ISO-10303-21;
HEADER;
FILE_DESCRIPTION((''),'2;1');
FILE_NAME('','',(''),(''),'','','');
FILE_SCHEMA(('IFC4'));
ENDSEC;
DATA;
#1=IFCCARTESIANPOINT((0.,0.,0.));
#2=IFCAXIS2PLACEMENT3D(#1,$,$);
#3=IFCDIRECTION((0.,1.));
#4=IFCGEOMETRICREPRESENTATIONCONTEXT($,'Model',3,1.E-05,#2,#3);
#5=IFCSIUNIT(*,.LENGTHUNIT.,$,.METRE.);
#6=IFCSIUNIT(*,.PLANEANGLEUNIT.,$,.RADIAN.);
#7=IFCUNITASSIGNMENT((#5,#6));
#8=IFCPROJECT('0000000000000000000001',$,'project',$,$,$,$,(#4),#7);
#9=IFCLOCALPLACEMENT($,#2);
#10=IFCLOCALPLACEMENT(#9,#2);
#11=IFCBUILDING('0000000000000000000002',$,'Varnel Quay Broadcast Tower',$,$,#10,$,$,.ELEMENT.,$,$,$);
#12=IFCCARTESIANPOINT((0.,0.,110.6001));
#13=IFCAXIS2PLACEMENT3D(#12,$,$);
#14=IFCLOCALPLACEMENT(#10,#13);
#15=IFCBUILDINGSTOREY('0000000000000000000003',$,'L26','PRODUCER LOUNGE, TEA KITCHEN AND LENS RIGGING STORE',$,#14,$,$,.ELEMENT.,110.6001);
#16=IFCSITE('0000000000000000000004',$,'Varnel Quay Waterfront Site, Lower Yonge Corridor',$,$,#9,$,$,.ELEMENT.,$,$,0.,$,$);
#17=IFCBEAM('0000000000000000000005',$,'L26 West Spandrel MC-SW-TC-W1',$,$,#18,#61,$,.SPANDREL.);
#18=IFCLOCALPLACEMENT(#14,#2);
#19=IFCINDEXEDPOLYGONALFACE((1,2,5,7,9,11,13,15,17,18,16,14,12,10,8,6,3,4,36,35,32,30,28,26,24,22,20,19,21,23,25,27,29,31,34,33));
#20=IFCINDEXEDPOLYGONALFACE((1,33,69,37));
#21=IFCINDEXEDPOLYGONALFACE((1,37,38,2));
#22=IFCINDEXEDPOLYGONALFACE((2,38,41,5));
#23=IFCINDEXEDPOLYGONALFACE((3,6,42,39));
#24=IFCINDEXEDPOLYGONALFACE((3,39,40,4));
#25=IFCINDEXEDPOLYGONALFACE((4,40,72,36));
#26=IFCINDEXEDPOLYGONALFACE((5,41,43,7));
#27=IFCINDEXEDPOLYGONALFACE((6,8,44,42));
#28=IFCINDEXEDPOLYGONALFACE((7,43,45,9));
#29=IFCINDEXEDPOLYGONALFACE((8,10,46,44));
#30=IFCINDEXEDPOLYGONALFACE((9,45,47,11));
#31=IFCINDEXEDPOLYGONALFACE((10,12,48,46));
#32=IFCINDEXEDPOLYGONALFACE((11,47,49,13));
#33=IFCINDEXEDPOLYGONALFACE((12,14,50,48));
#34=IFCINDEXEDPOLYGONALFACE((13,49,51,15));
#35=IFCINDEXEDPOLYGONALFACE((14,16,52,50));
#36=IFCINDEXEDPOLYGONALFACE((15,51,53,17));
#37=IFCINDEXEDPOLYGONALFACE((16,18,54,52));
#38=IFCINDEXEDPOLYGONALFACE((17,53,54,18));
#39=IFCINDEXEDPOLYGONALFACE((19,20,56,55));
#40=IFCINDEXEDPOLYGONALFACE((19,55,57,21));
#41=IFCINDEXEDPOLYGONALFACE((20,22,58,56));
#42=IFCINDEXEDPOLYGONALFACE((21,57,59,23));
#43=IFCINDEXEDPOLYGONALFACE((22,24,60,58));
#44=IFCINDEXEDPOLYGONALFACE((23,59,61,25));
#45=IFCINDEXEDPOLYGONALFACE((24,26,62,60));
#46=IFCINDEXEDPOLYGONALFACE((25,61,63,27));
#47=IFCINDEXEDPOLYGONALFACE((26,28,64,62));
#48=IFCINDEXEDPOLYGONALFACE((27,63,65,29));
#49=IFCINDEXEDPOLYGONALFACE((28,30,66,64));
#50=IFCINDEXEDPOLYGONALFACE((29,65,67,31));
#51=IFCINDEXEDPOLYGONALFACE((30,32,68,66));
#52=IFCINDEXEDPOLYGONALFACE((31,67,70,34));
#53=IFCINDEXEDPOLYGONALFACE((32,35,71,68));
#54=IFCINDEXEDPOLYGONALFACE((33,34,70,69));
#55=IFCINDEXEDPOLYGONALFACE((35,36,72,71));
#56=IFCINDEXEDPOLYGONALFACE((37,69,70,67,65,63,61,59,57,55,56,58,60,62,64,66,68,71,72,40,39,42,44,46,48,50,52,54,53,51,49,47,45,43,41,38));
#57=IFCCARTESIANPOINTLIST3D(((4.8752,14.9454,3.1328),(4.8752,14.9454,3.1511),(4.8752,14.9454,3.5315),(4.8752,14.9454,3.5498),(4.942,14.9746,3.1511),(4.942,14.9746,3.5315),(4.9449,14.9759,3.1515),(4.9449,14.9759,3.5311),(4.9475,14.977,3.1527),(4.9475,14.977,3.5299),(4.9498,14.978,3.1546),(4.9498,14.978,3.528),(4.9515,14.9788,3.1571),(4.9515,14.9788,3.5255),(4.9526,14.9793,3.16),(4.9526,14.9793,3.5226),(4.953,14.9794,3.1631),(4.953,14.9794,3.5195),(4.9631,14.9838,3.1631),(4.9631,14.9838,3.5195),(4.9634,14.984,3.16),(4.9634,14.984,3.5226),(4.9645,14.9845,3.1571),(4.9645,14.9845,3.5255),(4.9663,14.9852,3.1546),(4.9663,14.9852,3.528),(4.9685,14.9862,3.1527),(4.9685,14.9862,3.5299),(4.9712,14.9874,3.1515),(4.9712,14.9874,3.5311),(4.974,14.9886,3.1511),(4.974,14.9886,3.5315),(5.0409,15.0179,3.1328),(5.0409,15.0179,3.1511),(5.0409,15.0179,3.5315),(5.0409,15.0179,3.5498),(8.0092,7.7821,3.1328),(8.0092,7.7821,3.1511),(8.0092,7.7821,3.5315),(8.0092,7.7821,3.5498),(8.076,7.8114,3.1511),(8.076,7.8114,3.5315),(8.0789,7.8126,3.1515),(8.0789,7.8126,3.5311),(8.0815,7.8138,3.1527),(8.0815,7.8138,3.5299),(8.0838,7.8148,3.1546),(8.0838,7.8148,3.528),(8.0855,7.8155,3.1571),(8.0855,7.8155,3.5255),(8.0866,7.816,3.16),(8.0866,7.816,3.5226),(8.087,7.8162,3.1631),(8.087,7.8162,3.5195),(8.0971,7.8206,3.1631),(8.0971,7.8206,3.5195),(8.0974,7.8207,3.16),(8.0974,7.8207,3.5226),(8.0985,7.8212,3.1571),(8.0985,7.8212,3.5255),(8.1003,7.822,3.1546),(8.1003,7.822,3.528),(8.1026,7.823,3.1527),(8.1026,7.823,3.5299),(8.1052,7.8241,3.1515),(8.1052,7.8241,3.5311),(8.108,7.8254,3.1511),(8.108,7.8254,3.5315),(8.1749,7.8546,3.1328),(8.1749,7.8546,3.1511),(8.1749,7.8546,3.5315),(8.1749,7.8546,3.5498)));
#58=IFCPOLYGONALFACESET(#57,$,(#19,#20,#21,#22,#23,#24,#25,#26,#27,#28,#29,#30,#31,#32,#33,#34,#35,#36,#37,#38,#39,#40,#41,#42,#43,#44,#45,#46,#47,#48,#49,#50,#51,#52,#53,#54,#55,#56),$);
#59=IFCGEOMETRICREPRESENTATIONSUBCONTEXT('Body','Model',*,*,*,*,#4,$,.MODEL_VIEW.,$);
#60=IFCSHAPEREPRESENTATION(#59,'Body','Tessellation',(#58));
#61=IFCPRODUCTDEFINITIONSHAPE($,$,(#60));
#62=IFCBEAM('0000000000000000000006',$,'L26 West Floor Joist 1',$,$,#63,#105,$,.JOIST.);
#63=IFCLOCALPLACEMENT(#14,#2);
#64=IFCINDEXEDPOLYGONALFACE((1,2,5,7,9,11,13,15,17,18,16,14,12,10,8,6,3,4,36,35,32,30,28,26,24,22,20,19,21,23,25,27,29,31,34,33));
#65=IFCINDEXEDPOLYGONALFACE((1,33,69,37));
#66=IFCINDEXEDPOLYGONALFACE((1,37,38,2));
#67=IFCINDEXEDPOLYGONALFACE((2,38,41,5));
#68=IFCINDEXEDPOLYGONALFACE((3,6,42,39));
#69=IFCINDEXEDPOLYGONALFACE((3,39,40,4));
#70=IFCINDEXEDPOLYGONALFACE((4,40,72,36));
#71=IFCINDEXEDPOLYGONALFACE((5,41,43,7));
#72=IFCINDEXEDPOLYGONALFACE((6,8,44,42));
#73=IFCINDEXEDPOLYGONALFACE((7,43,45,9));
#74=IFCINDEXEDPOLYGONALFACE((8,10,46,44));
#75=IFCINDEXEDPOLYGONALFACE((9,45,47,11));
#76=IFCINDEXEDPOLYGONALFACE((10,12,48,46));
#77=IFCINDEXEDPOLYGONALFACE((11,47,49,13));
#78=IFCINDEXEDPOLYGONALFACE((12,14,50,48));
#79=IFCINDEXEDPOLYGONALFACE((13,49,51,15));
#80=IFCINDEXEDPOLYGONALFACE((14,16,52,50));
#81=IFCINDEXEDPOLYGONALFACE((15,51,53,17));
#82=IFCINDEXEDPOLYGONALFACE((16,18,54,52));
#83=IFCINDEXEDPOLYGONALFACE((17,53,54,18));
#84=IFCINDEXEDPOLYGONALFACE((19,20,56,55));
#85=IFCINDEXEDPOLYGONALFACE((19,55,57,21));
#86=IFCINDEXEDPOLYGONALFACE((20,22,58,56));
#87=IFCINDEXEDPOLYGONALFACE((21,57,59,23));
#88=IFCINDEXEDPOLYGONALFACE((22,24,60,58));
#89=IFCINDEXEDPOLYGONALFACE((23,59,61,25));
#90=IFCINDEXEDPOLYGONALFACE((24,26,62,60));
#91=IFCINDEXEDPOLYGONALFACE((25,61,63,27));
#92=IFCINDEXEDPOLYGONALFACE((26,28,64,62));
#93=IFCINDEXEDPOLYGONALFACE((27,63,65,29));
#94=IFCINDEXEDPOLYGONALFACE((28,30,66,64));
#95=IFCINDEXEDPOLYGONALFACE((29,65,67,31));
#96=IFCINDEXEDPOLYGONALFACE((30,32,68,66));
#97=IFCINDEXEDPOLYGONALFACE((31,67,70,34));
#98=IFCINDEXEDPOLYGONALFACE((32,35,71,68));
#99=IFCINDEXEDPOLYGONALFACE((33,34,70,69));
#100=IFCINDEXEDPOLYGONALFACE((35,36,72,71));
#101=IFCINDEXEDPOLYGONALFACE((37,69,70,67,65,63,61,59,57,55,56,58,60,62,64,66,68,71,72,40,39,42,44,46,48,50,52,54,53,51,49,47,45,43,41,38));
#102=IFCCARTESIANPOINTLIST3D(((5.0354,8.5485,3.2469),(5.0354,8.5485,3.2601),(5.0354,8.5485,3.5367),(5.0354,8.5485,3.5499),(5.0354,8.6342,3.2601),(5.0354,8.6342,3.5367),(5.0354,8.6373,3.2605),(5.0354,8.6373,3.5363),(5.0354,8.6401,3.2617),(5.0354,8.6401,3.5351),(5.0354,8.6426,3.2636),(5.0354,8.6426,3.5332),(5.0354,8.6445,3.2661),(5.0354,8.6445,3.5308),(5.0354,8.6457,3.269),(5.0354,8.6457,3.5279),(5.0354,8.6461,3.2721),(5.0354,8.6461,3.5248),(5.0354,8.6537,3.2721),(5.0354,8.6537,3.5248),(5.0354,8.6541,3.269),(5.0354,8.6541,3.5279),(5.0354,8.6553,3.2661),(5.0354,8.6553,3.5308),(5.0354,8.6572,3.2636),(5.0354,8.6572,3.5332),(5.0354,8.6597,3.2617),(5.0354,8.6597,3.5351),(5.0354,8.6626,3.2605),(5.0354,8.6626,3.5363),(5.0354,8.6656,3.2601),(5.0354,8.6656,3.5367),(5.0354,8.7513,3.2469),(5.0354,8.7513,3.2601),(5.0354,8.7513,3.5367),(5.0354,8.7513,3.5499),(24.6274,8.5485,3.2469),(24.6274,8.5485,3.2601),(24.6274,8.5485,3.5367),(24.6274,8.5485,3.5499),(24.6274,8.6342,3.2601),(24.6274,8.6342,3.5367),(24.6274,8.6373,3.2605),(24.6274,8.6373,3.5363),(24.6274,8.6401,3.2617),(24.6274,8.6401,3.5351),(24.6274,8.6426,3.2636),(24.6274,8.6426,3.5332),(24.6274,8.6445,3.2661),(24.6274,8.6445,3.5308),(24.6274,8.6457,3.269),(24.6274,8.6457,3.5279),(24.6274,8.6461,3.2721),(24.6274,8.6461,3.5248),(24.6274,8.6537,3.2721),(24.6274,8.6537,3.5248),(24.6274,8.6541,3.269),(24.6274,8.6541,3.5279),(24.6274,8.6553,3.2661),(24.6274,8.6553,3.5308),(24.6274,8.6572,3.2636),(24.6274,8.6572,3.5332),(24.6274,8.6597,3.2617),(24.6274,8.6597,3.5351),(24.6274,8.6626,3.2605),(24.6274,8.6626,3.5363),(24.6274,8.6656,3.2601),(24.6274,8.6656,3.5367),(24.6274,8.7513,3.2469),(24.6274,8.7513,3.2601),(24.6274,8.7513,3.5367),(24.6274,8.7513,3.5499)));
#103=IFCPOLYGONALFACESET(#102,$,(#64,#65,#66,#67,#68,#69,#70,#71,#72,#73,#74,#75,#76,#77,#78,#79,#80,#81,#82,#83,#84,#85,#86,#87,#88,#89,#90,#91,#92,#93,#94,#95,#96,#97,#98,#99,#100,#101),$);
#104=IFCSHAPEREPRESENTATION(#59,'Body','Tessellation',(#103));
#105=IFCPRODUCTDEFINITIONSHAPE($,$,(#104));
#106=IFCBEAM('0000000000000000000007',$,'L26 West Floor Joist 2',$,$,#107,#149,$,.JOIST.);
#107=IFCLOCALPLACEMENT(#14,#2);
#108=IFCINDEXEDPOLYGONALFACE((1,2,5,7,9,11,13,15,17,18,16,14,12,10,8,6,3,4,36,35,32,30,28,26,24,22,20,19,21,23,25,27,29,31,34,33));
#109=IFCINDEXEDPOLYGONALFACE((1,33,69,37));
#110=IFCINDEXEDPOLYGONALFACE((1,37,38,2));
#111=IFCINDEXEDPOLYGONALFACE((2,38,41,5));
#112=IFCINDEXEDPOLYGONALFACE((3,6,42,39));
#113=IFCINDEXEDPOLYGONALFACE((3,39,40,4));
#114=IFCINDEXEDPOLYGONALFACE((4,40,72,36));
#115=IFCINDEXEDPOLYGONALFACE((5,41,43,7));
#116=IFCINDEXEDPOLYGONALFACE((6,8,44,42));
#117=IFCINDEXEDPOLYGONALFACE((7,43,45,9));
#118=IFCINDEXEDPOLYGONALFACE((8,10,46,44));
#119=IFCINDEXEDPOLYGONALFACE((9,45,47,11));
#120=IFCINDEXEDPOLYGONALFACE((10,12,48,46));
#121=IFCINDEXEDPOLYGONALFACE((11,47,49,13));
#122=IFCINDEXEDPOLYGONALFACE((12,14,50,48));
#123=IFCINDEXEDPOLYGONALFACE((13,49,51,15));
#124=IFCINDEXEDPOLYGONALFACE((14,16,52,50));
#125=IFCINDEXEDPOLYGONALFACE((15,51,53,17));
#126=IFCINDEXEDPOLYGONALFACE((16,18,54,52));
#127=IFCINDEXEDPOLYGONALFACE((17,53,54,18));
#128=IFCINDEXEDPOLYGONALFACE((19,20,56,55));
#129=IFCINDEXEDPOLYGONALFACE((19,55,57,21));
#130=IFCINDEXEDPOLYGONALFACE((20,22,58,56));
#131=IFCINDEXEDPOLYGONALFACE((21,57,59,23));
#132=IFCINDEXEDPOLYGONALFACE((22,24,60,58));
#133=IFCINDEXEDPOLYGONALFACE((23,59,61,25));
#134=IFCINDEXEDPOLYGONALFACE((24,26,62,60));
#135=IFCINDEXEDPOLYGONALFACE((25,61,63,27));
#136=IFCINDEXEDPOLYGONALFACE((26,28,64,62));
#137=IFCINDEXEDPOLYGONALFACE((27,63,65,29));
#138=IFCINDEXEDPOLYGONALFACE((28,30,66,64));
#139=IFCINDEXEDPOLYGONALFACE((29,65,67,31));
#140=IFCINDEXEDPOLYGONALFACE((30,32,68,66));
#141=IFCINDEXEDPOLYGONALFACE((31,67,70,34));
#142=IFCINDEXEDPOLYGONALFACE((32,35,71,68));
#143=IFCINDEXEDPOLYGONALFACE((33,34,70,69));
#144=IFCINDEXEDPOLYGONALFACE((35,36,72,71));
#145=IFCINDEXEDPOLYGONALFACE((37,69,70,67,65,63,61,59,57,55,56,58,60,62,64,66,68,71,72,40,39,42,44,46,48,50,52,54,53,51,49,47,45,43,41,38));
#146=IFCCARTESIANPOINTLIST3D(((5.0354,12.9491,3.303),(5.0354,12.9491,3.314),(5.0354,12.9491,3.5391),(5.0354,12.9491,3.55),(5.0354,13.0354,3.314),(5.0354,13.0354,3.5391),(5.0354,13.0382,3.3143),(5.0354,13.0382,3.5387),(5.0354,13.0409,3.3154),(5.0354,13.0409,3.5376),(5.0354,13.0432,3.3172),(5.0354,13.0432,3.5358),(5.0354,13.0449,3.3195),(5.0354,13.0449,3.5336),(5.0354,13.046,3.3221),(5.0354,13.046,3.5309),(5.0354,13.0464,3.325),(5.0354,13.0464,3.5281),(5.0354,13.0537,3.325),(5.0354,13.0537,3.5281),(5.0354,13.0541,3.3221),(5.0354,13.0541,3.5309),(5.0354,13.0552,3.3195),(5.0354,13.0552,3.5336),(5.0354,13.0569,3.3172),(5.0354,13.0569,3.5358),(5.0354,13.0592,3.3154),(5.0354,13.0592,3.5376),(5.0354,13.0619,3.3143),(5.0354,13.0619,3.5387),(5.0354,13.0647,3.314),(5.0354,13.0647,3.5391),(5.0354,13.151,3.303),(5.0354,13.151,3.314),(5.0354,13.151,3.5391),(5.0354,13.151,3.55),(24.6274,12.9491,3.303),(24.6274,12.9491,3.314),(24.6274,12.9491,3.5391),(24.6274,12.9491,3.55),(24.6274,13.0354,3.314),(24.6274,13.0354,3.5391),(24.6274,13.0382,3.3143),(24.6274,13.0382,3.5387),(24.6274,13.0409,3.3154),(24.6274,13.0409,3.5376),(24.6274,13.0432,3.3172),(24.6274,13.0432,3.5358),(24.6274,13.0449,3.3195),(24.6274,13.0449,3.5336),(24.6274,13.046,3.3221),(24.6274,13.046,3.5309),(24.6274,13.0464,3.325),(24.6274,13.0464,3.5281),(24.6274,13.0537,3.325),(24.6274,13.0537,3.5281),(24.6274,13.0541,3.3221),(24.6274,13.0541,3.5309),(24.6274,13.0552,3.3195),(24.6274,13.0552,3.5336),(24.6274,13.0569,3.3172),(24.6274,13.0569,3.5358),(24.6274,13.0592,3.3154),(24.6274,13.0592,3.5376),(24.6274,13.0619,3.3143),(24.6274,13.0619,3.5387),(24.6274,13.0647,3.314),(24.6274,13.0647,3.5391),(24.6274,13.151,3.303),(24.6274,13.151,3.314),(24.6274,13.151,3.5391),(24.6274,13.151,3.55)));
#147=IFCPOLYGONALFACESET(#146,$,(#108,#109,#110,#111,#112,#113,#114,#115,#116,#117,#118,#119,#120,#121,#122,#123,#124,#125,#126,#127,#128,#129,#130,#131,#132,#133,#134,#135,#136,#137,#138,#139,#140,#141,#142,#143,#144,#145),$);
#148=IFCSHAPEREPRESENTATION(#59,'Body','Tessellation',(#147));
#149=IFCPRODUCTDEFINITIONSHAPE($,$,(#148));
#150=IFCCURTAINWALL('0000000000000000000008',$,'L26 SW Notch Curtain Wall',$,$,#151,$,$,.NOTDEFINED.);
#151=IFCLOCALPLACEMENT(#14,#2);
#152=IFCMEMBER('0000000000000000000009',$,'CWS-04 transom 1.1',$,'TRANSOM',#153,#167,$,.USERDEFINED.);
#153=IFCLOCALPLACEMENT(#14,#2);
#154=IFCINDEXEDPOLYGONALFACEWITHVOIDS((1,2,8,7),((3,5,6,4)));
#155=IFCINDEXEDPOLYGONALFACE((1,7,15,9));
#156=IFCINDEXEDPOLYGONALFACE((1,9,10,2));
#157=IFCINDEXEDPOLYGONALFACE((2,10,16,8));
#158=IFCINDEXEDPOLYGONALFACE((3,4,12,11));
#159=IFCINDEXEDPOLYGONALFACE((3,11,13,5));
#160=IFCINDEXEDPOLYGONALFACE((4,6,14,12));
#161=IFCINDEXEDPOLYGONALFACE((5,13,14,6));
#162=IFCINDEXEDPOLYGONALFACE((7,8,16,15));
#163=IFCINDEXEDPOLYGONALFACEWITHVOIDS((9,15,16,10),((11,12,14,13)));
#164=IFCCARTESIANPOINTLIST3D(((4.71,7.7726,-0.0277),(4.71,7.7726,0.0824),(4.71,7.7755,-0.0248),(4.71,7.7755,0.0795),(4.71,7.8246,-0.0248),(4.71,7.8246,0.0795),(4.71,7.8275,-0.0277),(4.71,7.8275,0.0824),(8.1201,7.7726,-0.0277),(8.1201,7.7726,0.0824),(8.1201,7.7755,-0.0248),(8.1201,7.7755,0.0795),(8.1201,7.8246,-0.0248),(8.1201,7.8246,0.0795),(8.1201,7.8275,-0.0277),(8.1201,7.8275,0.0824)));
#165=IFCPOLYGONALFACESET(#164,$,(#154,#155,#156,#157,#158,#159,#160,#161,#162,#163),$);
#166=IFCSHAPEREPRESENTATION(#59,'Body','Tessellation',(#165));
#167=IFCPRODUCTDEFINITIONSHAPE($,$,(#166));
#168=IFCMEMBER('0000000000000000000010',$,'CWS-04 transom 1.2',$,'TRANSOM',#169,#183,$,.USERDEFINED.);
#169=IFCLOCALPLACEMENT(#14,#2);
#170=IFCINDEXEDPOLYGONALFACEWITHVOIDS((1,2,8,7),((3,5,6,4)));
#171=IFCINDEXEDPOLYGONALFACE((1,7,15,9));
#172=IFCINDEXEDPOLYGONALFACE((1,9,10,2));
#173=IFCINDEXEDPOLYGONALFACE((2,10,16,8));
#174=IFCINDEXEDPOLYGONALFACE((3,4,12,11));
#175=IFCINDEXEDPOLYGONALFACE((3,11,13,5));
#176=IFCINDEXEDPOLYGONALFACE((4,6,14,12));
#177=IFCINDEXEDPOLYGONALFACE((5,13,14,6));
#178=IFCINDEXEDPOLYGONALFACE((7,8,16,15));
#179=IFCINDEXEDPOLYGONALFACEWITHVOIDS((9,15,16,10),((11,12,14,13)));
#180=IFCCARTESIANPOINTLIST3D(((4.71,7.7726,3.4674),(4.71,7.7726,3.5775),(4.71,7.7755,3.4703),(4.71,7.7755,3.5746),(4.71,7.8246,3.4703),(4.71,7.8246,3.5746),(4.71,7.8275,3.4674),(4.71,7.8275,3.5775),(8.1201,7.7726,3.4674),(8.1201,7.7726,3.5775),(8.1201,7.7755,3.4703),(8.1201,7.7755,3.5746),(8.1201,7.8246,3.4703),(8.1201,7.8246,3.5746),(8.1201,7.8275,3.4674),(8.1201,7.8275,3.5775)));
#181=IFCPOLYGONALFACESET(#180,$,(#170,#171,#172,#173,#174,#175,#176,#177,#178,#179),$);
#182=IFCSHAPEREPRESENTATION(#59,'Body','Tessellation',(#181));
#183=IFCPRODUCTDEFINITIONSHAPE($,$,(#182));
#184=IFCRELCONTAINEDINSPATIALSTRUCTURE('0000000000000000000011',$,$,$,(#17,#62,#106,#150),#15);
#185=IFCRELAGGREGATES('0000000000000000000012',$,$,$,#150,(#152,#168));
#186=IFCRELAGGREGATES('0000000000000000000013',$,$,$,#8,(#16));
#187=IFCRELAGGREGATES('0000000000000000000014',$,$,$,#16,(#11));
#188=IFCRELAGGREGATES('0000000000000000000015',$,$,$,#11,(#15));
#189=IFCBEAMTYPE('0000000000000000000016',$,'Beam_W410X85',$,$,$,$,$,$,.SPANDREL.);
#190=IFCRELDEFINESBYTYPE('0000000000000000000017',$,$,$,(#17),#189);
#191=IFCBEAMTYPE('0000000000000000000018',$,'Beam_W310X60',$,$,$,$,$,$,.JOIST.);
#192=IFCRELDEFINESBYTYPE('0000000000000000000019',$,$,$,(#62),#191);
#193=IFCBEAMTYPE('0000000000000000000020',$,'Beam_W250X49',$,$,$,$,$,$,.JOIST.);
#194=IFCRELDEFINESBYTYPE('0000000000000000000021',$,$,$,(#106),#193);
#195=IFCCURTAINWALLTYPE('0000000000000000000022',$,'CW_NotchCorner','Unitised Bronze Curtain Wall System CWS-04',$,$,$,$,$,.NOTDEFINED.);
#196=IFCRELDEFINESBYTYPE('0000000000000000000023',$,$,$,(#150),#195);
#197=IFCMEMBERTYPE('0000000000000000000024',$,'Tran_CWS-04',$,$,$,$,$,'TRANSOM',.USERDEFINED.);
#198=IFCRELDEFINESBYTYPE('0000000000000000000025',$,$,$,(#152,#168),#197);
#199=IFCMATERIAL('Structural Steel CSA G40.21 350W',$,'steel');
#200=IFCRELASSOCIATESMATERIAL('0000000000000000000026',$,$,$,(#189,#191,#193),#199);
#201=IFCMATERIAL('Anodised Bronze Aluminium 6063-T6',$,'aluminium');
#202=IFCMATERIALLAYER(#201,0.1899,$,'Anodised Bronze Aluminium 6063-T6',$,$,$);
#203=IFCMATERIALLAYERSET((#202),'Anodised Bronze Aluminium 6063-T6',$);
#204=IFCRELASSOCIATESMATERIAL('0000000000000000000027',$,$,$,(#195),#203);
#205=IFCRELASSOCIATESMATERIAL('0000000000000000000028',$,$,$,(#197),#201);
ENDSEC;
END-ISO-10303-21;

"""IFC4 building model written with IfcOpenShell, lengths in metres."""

from ifc_helpers import new_model, si_unit, direction, frame, origin, origin_2d, place, context, subcontext, project, spatial, hollow_rectangle, i_section, extrude, source, transform, mapped, material, layer, layer_set, material_profile, profile_set, type_object, type_shapes, element, aggregate, save


model = new_model("IFC4")

# Units and contexts
model_context = context("Model", 3, precision=1e-05, world=origin(), true_north=direction((0.0, 1.0)))
body_context = subcontext(model_context, "Body", "Model", "MODEL_VIEW")
ifc_project = project(units=[si_unit("LENGTHUNIT", "METRE"), si_unit("PLANEANGLEUNIT", "RADIAN")], contexts=[model_context])

# Site, building, storey
site_placement = place(None, origin())
site = spatial("IfcSite", under=ifc_project, at=site_placement, Name="Varnel Quay Waterfront Site, Lower Yonge Corridor", CompositionType="ELEMENT", RefElevation=0.0)
building_placement = place(site_placement, origin())
building = spatial("IfcBuilding", under=site, at=building_placement, Name="Varnel Quay Broadcast Tower", CompositionType="ELEMENT")
storey_placement = place(building_placement, frame((0.0, 0.0, 110.6001)))
storey = spatial("IfcBuildingStorey", under=building, at=storey_placement, Name="L26", Description="PRODUCER LOUNGE, TEA KITCHEN AND LENS RIGGING STORE", CompositionType="ELEMENT", Elevation=110.6001)

# Beams
ifc_material_1 = material(Name="Structural Steel CSA G40.21 350W", Category="steel")
ifc_material_profile_1 = material_profile(ifc_material_1, i_section(OverallWidth=0.1809, OverallDepth=0.417, WebThickness=0.011, FlangeThickness=0.0183, FilletRadius=0.012, at=origin_2d()), Name="W410X85")
ifc_profile_set_1 = profile_set([ifc_material_profile_1], Name="Structural Steel CSA G40.21 350W")
beam_type_1 = type_object("IfcBeamType", Name="Beam_W410X85", PredefinedType="SPANDREL", material=ifc_profile_set_1)
shared_shape_1 = source(origin(), body_context, "Body", "SweptSolid", [
    extrude(i_section(OverallWidth=0.1809, OverallDepth=0.417, WebThickness=0.011, FlangeThickness=0.0183, FilletRadius=0.012, at=origin_2d()), origin(), (0.0, 0.0, 1.0), 7.8188),
])
type_shapes(beam_type_1, [shared_shape_1])
beam_1_placement = place(storey_placement, frame((8.092, 7.8184, 3.3413), z_axis=(-0.400827, 0.916154, 0.0), x_axis=(-0.916154, -0.400827, 0.0)))
element("IfcBeam", 1, at=beam_1_placement, inside=storey, type_object=beam_type_1, Name="L26 West Spandrel MC-SW-TC-W1", PredefinedType="SPANDREL", context=body_context, shape_type="MappedRepresentation", body=[
    mapped(shared_shape_1, transform((0.0, 0.0, 0.0), x_axis=(1.0, 0.0, 0.0), y_axis=(0.0, 1.0, 0.0), z_axis=(0.0, 0.0, 1.0), scale=1.0)),
])
ifc_material_profile_2 = material_profile(ifc_material_1, i_section(OverallWidth=0.2029, OverallDepth=0.303, WebThickness=0.0076, FlangeThickness=0.0132, FilletRadius=0.012, at=origin_2d()), Name="W310X60")
ifc_profile_set_2 = profile_set([ifc_material_profile_2], Name="Structural Steel CSA G40.21 350W")
beam_type_2 = type_object("IfcBeamType", Name="Beam_W310X60", PredefinedType="JOIST", material=ifc_profile_set_2)
shared_shape_2 = source(origin(), body_context, "Body", "SweptSolid", [
    extrude(i_section(OverallWidth=0.2029, OverallDepth=0.303, WebThickness=0.0076, FlangeThickness=0.0132, FilletRadius=0.012, at=origin_2d()), origin(), (0.0, 0.0, 1.0), 19.592),
])
type_shapes(beam_type_2, [shared_shape_2])
beam_2_placement = place(storey_placement, frame((5.0354, 8.6499, 3.3984), z_axis=(1.0, 0.0, 0.0), x_axis=(0.0, 1.0, 0.0)))
element("IfcBeam", 2, at=beam_2_placement, inside=storey, type_object=beam_type_2, Name="L26 West Floor Joist 1", PredefinedType="JOIST", context=body_context, shape_type="MappedRepresentation", body=[
    mapped(shared_shape_2, transform((0.0, 0.0, 0.0), x_axis=(1.0, 0.0, 0.0), y_axis=(0.0, 1.0, 0.0), z_axis=(0.0, 0.0, 1.0), scale=1.0)),
])
ifc_material_profile_3 = material_profile(ifc_material_1, i_section(OverallWidth=0.2019, OverallDepth=0.2471, WebThickness=0.0073, FlangeThickness=0.011, FilletRadius=0.011, at=origin_2d()), Name="W250X49")
ifc_profile_set_3 = profile_set([ifc_material_profile_3], Name="Structural Steel CSA G40.21 350W")
beam_type_3 = type_object("IfcBeamType", Name="Beam_W250X49", PredefinedType="JOIST", material=ifc_profile_set_3)
shared_shape_3 = source(origin(), body_context, "Body", "SweptSolid", [
    extrude(i_section(OverallWidth=0.2019, OverallDepth=0.2471, WebThickness=0.0073, FlangeThickness=0.011, FilletRadius=0.011, at=origin_2d()), origin(), (0.0, 0.0, 1.0), 19.592),
])
type_shapes(beam_type_3, [shared_shape_3])
beam_3_placement = place(storey_placement, frame((5.0354, 13.05, 3.4265), z_axis=(1.0, 0.0, 0.0), x_axis=(0.0, 1.0, 0.0)))
element("IfcBeam", 3, at=beam_3_placement, inside=storey, type_object=beam_type_3, Name="L26 West Floor Joist 2", PredefinedType="JOIST", context=body_context, shape_type="MappedRepresentation", body=[
    mapped(shared_shape_3, transform((0.0, 0.0, 0.0), x_axis=(1.0, 0.0, 0.0), y_axis=(0.0, 1.0, 0.0), z_axis=(0.0, 0.0, 1.0), scale=1.0)),
])

# Curtain wall, members
ifc_material_2 = material(Name="Anodised Bronze Aluminium 6063-T6", Category="aluminium")
ifc_layer_1 = layer(ifc_material_2, 0.1899, Name="Anodised Bronze Aluminium 6063-T6")
ifc_layer_set_1 = layer_set([ifc_layer_1], Name="Anodised Bronze Aluminium 6063-T6")
curtain_wall_type_1 = type_object("IfcCurtainWallType", Name="CW_NotchCorner", Description="Unitised Bronze Curtain Wall System CWS-04", PredefinedType="NOTDEFINED", material=ifc_layer_set_1)
curtain_wall_1_placement = place(storey_placement, origin())
curtain_wall_1 = element("IfcCurtainWall", 4, at=curtain_wall_1_placement, inside=storey, type_object=curtain_wall_type_1, Name="L26 SW Notch Curtain Wall", PredefinedType="NOTDEFINED")
ifc_material_profile_4 = material_profile(ifc_material_2, hollow_rectangle(XDim=0.0549, YDim=0.1101, WallThickness=0.0029, at=origin_2d()), Name="ALU55X110X3")
ifc_profile_set_4 = profile_set([ifc_material_profile_4], Name="Anodised Bronze Aluminium 6063-T6")
member_type_1 = type_object("IfcMemberType", Name="Tran_CWS-04", ElementType="TRANSOM", PredefinedType="USERDEFINED", material=ifc_profile_set_4)
shared_shape_4 = source(origin(), body_context, "Body", "SweptSolid", [
    extrude(hollow_rectangle(XDim=0.0549, YDim=0.1101, WallThickness=0.0029, at=origin_2d()), origin(), (0.0, 0.0, 1.0), 3.4102),
])
type_shapes(member_type_1, [shared_shape_4])
member_1_placement = place(storey_placement, frame((4.71, 7.8, 0.0273), z_axis=(1.0, 0.0, 0.0), x_axis=(0.0, 1.0, 0.0)))
member_1 = element("IfcMember", 5, at=member_1_placement, type_object=member_type_1, Name="CWS-04 transom 1.1", ObjectType="TRANSOM", PredefinedType="USERDEFINED", context=body_context, shape_type="MappedRepresentation", body=[
    mapped(shared_shape_4, transform((0.0, 0.0, 0.0), x_axis=(1.0, 0.0, 0.0), y_axis=(0.0, 1.0, 0.0), z_axis=(0.0, 0.0, 1.0), scale=1.0)),
])
member_2_placement = place(storey_placement, frame((4.71, 7.8, 3.5225), z_axis=(1.0, 0.0, 0.0), x_axis=(0.0, 1.0, 0.0)))
member_2 = element("IfcMember", 6, at=member_2_placement, type_object=member_type_1, Name="CWS-04 transom 1.2", ObjectType="TRANSOM", PredefinedType="USERDEFINED", context=body_context, shape_type="MappedRepresentation", body=[
    mapped(shared_shape_4, transform((0.0, 0.0, 0.0), x_axis=(1.0, 0.0, 0.0), y_axis=(0.0, 1.0, 0.0), z_axis=(0.0, 0.0, 1.0), scale=1.0)),
])

aggregate(curtain_wall_1, [member_1, member_2])

save(model, "model.ifc")
